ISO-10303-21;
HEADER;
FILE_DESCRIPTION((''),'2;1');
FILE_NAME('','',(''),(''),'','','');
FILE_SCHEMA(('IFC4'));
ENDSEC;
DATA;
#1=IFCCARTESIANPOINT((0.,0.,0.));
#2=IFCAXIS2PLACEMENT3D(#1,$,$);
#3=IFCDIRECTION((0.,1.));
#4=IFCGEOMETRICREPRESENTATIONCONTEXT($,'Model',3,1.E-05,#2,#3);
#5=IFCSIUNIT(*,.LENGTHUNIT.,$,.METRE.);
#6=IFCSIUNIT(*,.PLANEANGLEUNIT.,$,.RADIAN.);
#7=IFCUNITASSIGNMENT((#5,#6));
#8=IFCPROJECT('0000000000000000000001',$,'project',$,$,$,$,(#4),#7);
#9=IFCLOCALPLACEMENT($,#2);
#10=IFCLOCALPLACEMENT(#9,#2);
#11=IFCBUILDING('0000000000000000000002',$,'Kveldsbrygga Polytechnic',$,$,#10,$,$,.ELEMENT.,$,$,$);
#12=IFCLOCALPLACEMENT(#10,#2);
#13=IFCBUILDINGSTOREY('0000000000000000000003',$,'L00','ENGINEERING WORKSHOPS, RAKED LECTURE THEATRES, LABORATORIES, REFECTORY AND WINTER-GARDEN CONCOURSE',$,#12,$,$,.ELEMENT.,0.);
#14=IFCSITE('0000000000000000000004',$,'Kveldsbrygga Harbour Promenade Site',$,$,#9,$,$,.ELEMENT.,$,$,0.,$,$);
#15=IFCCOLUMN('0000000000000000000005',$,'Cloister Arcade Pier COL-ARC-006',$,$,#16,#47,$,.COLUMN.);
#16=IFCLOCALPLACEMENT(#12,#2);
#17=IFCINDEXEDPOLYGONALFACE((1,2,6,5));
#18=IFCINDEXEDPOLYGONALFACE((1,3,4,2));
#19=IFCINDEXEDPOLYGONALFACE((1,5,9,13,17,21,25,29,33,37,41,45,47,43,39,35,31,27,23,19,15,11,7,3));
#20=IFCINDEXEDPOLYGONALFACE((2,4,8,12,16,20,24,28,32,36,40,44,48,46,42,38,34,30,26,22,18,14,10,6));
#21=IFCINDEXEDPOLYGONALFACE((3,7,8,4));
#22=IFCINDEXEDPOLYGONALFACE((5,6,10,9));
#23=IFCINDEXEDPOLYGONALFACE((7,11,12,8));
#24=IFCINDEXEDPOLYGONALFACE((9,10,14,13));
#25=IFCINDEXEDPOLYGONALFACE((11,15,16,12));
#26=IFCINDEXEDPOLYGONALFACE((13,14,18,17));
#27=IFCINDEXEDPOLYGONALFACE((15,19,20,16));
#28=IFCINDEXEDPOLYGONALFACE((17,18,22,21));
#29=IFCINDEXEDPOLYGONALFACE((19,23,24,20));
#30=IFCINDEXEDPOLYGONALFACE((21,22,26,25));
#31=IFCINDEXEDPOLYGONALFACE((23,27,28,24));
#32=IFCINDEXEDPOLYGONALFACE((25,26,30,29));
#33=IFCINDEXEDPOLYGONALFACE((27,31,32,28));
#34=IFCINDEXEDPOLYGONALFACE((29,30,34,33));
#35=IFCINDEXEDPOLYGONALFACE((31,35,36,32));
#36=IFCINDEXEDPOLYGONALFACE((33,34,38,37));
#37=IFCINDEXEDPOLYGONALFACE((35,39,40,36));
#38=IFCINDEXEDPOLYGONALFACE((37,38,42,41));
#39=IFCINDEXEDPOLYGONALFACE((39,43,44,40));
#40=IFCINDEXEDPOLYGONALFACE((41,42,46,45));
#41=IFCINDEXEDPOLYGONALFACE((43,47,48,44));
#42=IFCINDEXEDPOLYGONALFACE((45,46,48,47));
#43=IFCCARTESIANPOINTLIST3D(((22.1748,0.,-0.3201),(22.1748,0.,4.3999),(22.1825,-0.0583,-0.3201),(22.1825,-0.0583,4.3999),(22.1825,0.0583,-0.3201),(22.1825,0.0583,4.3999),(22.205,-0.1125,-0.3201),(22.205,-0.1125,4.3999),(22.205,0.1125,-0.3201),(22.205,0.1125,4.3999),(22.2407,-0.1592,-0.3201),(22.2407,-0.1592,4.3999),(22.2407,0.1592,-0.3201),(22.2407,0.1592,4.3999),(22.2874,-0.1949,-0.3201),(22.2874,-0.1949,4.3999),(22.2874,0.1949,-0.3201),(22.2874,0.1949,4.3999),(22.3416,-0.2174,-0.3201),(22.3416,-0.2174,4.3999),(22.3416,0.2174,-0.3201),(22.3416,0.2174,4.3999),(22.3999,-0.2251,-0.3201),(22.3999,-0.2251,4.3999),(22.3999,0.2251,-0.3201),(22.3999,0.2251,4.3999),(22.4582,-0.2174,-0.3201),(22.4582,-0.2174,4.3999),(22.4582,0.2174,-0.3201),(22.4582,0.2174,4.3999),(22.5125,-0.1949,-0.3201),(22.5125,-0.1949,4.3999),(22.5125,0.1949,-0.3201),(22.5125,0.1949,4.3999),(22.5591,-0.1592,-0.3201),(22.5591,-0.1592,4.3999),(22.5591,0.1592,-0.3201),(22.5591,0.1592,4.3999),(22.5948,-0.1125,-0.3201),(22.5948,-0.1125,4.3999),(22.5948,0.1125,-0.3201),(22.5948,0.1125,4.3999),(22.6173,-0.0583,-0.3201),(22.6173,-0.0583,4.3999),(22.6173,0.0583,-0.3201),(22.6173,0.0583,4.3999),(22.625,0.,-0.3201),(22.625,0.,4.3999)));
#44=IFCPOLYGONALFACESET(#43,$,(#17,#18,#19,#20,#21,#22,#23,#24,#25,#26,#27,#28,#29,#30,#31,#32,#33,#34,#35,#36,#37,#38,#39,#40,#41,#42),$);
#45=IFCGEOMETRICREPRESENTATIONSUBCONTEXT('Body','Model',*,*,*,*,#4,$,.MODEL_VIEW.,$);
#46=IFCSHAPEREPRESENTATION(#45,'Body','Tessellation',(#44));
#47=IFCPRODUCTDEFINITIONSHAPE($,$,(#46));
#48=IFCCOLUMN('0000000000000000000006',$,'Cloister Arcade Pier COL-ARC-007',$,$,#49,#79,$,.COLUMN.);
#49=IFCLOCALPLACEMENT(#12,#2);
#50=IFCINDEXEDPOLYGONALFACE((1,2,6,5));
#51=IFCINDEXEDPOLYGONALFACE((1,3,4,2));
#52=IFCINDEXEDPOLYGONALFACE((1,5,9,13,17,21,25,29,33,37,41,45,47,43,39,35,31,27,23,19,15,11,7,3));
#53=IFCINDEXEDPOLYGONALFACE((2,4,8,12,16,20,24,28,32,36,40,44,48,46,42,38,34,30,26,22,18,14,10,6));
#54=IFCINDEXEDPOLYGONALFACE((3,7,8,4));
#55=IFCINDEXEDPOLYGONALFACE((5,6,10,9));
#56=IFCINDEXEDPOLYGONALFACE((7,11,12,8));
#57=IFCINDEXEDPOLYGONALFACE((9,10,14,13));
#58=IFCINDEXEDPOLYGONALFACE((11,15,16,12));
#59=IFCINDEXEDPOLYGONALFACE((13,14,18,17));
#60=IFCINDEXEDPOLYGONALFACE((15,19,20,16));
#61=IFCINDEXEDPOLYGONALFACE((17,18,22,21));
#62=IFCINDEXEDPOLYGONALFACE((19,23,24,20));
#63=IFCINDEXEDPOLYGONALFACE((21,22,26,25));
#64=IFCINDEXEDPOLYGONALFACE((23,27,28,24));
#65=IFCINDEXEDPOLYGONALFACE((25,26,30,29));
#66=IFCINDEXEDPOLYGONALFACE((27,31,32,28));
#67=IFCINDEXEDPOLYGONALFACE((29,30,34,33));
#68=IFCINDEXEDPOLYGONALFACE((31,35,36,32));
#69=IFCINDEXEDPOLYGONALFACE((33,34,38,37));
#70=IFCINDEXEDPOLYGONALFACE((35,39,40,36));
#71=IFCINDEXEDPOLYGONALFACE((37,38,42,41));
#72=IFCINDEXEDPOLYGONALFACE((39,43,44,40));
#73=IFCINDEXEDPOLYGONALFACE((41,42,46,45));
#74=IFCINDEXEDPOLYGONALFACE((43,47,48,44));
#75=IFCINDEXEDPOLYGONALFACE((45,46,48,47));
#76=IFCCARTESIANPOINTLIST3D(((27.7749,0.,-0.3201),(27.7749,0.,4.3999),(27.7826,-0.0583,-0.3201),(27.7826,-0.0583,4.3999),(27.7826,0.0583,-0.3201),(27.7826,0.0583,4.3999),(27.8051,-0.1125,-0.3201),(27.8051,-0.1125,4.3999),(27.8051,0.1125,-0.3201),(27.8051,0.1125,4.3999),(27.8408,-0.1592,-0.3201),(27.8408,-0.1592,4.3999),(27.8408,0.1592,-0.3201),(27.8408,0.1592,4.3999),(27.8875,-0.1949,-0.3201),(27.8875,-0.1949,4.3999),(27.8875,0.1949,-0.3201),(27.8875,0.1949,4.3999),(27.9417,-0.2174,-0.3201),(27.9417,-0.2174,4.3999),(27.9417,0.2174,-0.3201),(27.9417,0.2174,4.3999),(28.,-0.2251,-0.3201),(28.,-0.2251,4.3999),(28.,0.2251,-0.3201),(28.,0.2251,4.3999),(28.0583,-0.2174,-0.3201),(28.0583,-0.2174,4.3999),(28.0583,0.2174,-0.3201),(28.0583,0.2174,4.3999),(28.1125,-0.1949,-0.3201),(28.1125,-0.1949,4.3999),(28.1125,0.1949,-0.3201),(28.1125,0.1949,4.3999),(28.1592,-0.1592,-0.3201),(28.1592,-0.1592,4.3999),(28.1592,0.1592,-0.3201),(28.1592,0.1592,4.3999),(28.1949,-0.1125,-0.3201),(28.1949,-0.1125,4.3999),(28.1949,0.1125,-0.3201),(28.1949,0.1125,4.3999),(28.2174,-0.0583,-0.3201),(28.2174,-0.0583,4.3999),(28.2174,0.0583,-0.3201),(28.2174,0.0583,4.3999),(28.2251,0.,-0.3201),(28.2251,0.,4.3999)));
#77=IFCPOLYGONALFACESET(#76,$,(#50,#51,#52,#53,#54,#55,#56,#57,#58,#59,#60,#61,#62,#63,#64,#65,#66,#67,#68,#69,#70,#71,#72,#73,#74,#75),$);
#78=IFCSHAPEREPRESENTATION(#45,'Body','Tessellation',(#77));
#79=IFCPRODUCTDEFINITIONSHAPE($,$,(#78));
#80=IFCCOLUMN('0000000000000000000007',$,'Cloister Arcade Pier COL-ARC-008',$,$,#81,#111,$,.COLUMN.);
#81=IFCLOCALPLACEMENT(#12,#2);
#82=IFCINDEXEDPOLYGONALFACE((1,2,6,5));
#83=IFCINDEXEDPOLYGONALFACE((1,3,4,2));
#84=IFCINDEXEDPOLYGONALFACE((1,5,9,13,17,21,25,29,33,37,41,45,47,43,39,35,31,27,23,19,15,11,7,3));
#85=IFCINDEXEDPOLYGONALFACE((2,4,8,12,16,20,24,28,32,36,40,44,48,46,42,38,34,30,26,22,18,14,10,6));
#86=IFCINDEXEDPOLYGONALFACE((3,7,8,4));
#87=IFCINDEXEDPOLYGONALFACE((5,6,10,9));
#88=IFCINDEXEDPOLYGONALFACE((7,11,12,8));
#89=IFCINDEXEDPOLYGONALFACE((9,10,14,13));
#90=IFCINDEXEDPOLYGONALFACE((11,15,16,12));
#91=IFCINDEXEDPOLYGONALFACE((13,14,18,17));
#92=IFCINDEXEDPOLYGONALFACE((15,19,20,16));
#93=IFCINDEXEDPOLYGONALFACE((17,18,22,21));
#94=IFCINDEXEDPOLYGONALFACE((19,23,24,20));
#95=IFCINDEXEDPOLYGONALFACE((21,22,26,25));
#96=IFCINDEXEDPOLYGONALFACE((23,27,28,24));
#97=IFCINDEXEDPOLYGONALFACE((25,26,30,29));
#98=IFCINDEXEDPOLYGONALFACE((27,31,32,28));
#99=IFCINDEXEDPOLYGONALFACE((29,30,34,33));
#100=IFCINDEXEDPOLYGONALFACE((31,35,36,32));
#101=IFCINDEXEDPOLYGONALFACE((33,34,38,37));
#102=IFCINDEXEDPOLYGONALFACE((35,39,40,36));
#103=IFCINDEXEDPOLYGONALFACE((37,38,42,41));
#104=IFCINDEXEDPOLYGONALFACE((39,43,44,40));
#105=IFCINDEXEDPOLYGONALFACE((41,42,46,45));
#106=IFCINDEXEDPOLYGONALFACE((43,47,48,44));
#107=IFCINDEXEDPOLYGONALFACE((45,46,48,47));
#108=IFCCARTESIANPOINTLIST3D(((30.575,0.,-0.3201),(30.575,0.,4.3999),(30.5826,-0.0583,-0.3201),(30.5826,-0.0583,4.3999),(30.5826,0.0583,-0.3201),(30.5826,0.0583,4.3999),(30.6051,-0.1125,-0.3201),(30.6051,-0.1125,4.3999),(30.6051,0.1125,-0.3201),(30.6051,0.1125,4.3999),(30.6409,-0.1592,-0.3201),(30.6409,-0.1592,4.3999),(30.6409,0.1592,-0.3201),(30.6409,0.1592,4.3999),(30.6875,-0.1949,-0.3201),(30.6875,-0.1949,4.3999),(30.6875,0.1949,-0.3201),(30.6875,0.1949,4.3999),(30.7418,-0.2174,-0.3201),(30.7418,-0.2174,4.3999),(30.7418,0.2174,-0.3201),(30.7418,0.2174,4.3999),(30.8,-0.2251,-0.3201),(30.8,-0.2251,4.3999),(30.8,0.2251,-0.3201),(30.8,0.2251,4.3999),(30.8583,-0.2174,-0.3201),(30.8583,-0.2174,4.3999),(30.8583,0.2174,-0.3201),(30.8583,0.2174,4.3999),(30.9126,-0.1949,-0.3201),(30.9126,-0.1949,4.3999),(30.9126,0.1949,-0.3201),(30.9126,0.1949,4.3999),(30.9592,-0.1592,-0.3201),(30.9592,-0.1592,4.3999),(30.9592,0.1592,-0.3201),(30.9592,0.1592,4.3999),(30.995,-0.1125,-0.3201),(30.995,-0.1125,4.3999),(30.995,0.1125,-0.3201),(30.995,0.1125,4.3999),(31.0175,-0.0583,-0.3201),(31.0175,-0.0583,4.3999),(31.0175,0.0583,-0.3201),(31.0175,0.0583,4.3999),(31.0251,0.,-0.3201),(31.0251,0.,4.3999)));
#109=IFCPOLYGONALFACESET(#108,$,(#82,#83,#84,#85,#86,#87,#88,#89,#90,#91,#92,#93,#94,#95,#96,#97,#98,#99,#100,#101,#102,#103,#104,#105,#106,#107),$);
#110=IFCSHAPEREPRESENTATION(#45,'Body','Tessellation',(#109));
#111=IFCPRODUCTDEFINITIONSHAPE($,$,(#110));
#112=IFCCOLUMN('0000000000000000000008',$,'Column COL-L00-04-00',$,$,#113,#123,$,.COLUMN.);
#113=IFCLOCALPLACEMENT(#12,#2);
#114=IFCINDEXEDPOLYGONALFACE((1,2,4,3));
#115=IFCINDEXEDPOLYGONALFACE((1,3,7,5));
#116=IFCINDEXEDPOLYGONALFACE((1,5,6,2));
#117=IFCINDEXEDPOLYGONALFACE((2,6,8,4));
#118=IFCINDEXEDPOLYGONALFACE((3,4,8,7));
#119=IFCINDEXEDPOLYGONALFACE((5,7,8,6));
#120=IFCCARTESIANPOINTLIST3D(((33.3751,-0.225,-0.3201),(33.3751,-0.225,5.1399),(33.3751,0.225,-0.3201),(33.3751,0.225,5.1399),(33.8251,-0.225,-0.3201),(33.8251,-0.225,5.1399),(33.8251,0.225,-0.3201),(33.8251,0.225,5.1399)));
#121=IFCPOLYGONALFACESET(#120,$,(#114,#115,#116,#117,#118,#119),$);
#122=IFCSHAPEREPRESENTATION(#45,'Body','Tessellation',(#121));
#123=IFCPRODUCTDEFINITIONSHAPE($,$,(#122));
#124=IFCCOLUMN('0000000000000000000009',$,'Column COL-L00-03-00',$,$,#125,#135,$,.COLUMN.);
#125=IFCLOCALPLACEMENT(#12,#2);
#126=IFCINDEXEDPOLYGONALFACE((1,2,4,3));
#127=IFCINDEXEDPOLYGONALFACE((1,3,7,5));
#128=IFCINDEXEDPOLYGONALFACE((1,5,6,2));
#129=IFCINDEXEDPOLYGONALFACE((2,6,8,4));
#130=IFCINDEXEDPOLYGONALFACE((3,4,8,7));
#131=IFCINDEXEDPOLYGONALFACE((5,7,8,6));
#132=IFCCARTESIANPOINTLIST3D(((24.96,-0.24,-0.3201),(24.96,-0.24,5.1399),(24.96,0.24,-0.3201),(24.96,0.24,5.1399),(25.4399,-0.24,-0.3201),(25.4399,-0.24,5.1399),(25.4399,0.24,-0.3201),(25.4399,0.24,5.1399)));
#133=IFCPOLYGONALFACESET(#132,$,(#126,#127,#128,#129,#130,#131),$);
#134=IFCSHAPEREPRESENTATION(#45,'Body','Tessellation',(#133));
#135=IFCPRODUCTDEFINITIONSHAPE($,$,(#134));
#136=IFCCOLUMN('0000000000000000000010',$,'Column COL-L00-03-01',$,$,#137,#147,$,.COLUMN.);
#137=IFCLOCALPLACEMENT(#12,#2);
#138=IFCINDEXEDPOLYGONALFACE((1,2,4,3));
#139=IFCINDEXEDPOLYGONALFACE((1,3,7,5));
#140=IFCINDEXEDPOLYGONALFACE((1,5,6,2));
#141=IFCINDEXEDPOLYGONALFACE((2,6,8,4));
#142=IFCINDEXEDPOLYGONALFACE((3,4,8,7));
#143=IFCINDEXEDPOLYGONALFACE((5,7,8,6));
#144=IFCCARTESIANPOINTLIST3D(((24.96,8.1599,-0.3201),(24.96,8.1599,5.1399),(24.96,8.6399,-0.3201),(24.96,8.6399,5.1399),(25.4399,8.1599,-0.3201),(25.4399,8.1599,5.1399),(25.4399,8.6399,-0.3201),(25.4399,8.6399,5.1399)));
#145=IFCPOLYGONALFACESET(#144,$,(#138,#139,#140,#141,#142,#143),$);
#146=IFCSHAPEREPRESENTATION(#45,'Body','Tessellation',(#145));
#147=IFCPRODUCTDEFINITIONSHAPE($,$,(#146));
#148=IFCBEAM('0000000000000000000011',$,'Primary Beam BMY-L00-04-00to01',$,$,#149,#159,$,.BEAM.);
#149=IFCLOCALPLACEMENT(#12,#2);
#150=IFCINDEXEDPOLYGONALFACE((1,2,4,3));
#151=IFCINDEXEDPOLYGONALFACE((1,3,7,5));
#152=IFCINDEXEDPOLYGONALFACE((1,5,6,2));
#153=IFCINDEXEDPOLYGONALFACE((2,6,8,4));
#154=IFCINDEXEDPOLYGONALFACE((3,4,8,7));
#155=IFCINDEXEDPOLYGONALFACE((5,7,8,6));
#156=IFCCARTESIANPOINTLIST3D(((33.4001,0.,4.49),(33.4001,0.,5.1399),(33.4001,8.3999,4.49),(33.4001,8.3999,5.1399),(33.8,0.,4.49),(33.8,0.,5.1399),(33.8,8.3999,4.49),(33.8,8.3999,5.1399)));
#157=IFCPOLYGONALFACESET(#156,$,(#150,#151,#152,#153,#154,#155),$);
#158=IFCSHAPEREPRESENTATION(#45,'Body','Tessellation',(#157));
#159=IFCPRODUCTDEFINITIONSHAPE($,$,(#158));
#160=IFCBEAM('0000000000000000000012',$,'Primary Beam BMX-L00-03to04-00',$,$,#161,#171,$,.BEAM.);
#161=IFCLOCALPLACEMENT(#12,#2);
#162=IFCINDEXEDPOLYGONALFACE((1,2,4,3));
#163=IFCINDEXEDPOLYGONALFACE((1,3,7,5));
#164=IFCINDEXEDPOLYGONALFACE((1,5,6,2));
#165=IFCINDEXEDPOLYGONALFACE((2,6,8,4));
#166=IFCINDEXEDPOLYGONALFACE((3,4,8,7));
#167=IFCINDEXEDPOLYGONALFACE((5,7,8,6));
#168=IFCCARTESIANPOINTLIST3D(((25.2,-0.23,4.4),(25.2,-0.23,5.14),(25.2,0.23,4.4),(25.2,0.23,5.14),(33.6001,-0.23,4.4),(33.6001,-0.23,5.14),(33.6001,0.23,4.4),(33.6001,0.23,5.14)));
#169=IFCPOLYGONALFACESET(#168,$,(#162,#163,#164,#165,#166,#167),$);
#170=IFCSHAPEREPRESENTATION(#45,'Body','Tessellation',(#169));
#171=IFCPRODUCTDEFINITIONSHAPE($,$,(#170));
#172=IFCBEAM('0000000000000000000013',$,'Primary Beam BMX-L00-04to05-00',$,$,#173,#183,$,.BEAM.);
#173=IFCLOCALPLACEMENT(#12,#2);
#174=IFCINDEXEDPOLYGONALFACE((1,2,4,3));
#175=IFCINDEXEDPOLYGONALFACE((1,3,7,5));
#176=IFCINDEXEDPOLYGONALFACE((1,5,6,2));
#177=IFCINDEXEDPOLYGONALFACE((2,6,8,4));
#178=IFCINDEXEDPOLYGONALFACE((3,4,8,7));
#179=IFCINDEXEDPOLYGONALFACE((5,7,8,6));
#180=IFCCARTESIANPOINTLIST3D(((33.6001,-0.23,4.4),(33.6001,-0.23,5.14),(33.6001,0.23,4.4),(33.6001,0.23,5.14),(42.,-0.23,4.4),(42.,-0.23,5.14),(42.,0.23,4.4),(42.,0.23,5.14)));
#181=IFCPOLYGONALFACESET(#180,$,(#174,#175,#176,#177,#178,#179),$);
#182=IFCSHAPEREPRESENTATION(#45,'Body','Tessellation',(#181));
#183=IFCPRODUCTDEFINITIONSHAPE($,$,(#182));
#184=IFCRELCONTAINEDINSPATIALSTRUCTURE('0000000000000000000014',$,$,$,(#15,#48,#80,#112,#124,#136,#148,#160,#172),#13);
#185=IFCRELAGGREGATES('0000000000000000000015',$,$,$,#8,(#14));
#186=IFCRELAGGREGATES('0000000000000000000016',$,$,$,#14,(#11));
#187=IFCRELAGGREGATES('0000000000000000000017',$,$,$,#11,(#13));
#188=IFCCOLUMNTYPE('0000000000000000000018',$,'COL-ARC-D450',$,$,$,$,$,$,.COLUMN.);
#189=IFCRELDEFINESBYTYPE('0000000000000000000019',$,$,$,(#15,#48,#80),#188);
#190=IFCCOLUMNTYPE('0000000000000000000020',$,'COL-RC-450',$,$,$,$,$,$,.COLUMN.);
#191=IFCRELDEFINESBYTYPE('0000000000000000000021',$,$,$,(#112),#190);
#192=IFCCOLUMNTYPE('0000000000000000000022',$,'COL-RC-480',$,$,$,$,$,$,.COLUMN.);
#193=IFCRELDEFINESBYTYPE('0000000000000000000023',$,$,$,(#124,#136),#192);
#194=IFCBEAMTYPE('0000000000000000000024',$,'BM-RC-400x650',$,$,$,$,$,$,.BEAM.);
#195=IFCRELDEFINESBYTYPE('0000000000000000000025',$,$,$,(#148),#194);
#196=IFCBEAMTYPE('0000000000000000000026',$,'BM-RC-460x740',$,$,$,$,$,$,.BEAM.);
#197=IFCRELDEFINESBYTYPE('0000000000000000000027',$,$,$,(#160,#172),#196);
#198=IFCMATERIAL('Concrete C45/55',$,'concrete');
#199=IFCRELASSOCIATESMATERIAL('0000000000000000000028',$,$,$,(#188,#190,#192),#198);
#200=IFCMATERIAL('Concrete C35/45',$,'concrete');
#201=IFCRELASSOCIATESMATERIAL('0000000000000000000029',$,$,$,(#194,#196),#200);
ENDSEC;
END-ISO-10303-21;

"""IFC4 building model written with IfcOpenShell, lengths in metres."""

from ifc_helpers import new_model, si_unit, direction, frame, origin, origin_2d, place, context, subcontext, project, spatial, rectangle, circle, extrude, material, material_profile, profile_set, type_object, element, save


model = new_model("IFC4")

# Units and contexts
model_context = context("Model", 3, precision=1e-05, world=origin(), true_north=direction((0.0, 1.0)))
body_context = subcontext(model_context, "Body", "Model", "MODEL_VIEW")
ifc_project = project(units=[si_unit("LENGTHUNIT", "METRE"), si_unit("PLANEANGLEUNIT", "RADIAN")], contexts=[model_context])

# Site, building, storey
site_placement = place(None, origin())
site = spatial("IfcSite", under=ifc_project, at=site_placement, Name="Kveldsbrygga Harbour Promenade Site", CompositionType="ELEMENT", RefElevation=0.0)
building_placement = place(site_placement, origin())
building = spatial("IfcBuilding", under=site, at=building_placement, Name="Kveldsbrygga Polytechnic", CompositionType="ELEMENT")
storey_placement = place(building_placement, origin())
storey = spatial("IfcBuildingStorey", under=building, at=storey_placement, Name="L00", Description="ENGINEERING WORKSHOPS, RAKED LECTURE THEATRES, LABORATORIES, REFECTORY AND WINTER-GARDEN CONCOURSE", CompositionType="ELEMENT", Elevation=0.0)

# Shared definitions
ifc_material_1 = material(Name="Concrete C45/55", Category="concrete")

# Columns
ifc_material_profile_1 = material_profile(ifc_material_1, circle(Radius=0.2251, at=origin_2d()), Name="RC D450")
ifc_profile_set_1 = profile_set([ifc_material_profile_1], Name="Concrete C45/55")
column_type_1 = type_object("IfcColumnType", Name="COL-ARC-D450", PredefinedType="COLUMN", material=ifc_profile_set_1)
for number, where, z_axis, x_axis, name in (
    (1, (22.3999, 0.0, -0.3201), (0.0, 0.0, 1.0), (1.0, 0.0, 0.0), "Cloister Arcade Pier COL-ARC-006"),
    (2, (28.0, 0.0, -0.3201), (0.0, 0.0, 1.0), (1.0, 0.0, 0.0), "Cloister Arcade Pier COL-ARC-007"),
    (3, (30.8, 0.0, -0.3201), (0.0, 0.0, 1.0), (1.0, 0.0, 0.0), "Cloister Arcade Pier COL-ARC-008"),
):
    element("IfcColumn", number, at=place(storey_placement, frame(where, z_axis=z_axis, x_axis=x_axis)), inside=storey, type_object=column_type_1, Name=name, PredefinedType="COLUMN", context=body_context, shape_type="SweptSolid", body=[
        extrude(circle(Radius=0.2251, at=origin_2d()), origin(), (0.0, 0.0, 1.0), 4.72),
    ])
ifc_material_profile_2 = material_profile(ifc_material_1, rectangle(XDim=0.45, YDim=0.45, at=origin_2d()), Name="RC 450x450")
ifc_profile_set_2 = profile_set([ifc_material_profile_2], Name="Concrete C45/55")
column_type_2 = type_object("IfcColumnType", Name="COL-RC-450", PredefinedType="COLUMN", material=ifc_profile_set_2)
column_placement = place(storey_placement, frame((33.6001, 0.0, -0.3201), z_axis=(0.0, 0.0, 1.0), x_axis=(1.0, 0.0, 0.0)))
element("IfcColumn", 4, at=column_placement, inside=storey, type_object=column_type_2, Name="Column COL-L00-04-00", PredefinedType="COLUMN", context=body_context, shape_type="SweptSolid", body=[
    extrude(rectangle(XDim=0.45, YDim=0.45, at=origin_2d()), origin(), (0.0, 0.0, 1.0), 5.46),
])
ifc_material_profile_3 = material_profile(ifc_material_1, rectangle(XDim=0.48, YDim=0.48, at=origin_2d()), Name="RC 480x480")
ifc_profile_set_3 = profile_set([ifc_material_profile_3], Name="Concrete C45/55")
column_type_3 = type_object("IfcColumnType", Name="COL-RC-480", PredefinedType="COLUMN", material=ifc_profile_set_3)
for number, where, z_axis, x_axis, name in (
    (5, (25.2, 0.0, -0.3201), (0.0, 0.0, 1.0), (1.0, 0.0, 0.0), "Column COL-L00-03-00"),
    (6, (25.2, 8.3999, -0.3201), (0.0, 0.0, 1.0), (1.0, 0.0, 0.0), "Column COL-L00-03-01"),
):
    element("IfcColumn", number, at=place(storey_placement, frame(where, z_axis=z_axis, x_axis=x_axis)), inside=storey, type_object=column_type_3, Name=name, PredefinedType="COLUMN", context=body_context, shape_type="SweptSolid", body=[
        extrude(rectangle(XDim=0.48, YDim=0.48, at=origin_2d()), origin(), (0.0, 0.0, 1.0), 5.46),
    ])

# Beams
ifc_material_2 = material(Name="Concrete C35/45", Category="concrete")
ifc_material_profile_4 = material_profile(ifc_material_2, rectangle(XDim=0.3999, YDim=0.6499, at=origin_2d()), Name="RC 400x650")
ifc_profile_set_4 = profile_set([ifc_material_profile_4], Name="Concrete C35/45")
beam_type_1 = type_object("IfcBeamType", Name="BM-RC-400x650", PredefinedType="BEAM", material=ifc_profile_set_4)
beam_1_placement = place(storey_placement, frame((33.6001, 0.0, 4.8149), z_axis=(0.0, 1.0, 0.0), x_axis=(-1.0, 0.0, 0.0)))
element("IfcBeam", 7, at=beam_1_placement, inside=storey, type_object=beam_type_1, Name="Primary Beam BMY-L00-04-00to01", PredefinedType="BEAM", context=body_context, shape_type="SweptSolid", body=[
    extrude(rectangle(XDim=0.3999, YDim=0.6499, at=origin_2d()), origin(), (0.0, 0.0, 1.0), 8.3999),
])
ifc_material_profile_5 = material_profile(ifc_material_2, rectangle(XDim=0.46, YDim=0.74, at=origin_2d()), Name="RC 460x740")
ifc_profile_set_5 = profile_set([ifc_material_profile_5], Name="Concrete C35/45")
beam_type_2 = type_object("IfcBeamType", Name="BM-RC-460x740", PredefinedType="BEAM", material=ifc_profile_set_5)
beam_2_placement = place(storey_placement, frame((25.2, 0.0, 4.77), z_axis=(1.0, 0.0, 0.0), x_axis=(0.0, 1.0, 0.0)))
element("IfcBeam", 8, at=beam_2_placement, inside=storey, type_object=beam_type_2, Name="Primary Beam BMX-L00-03to04-00", PredefinedType="BEAM", context=body_context, shape_type="SweptSolid", body=[
    extrude(rectangle(XDim=0.46, YDim=0.74, at=origin_2d()), origin(), (0.0, 0.0, 1.0), 8.4001),
])
beam_3_placement = place(storey_placement, frame((33.6001, 0.0, 4.77), z_axis=(1.0, 0.0, 0.0), x_axis=(0.0, 1.0, 0.0)))
element("IfcBeam", 9, at=beam_3_placement, inside=storey, type_object=beam_type_2, Name="Primary Beam BMX-L00-04to05-00", PredefinedType="BEAM", context=body_context, shape_type="SweptSolid", body=[
    extrude(rectangle(XDim=0.46, YDim=0.74, at=origin_2d()), origin(), (0.0, 0.0, 1.0), 8.3999),
])

save(model, "model.ifc")
